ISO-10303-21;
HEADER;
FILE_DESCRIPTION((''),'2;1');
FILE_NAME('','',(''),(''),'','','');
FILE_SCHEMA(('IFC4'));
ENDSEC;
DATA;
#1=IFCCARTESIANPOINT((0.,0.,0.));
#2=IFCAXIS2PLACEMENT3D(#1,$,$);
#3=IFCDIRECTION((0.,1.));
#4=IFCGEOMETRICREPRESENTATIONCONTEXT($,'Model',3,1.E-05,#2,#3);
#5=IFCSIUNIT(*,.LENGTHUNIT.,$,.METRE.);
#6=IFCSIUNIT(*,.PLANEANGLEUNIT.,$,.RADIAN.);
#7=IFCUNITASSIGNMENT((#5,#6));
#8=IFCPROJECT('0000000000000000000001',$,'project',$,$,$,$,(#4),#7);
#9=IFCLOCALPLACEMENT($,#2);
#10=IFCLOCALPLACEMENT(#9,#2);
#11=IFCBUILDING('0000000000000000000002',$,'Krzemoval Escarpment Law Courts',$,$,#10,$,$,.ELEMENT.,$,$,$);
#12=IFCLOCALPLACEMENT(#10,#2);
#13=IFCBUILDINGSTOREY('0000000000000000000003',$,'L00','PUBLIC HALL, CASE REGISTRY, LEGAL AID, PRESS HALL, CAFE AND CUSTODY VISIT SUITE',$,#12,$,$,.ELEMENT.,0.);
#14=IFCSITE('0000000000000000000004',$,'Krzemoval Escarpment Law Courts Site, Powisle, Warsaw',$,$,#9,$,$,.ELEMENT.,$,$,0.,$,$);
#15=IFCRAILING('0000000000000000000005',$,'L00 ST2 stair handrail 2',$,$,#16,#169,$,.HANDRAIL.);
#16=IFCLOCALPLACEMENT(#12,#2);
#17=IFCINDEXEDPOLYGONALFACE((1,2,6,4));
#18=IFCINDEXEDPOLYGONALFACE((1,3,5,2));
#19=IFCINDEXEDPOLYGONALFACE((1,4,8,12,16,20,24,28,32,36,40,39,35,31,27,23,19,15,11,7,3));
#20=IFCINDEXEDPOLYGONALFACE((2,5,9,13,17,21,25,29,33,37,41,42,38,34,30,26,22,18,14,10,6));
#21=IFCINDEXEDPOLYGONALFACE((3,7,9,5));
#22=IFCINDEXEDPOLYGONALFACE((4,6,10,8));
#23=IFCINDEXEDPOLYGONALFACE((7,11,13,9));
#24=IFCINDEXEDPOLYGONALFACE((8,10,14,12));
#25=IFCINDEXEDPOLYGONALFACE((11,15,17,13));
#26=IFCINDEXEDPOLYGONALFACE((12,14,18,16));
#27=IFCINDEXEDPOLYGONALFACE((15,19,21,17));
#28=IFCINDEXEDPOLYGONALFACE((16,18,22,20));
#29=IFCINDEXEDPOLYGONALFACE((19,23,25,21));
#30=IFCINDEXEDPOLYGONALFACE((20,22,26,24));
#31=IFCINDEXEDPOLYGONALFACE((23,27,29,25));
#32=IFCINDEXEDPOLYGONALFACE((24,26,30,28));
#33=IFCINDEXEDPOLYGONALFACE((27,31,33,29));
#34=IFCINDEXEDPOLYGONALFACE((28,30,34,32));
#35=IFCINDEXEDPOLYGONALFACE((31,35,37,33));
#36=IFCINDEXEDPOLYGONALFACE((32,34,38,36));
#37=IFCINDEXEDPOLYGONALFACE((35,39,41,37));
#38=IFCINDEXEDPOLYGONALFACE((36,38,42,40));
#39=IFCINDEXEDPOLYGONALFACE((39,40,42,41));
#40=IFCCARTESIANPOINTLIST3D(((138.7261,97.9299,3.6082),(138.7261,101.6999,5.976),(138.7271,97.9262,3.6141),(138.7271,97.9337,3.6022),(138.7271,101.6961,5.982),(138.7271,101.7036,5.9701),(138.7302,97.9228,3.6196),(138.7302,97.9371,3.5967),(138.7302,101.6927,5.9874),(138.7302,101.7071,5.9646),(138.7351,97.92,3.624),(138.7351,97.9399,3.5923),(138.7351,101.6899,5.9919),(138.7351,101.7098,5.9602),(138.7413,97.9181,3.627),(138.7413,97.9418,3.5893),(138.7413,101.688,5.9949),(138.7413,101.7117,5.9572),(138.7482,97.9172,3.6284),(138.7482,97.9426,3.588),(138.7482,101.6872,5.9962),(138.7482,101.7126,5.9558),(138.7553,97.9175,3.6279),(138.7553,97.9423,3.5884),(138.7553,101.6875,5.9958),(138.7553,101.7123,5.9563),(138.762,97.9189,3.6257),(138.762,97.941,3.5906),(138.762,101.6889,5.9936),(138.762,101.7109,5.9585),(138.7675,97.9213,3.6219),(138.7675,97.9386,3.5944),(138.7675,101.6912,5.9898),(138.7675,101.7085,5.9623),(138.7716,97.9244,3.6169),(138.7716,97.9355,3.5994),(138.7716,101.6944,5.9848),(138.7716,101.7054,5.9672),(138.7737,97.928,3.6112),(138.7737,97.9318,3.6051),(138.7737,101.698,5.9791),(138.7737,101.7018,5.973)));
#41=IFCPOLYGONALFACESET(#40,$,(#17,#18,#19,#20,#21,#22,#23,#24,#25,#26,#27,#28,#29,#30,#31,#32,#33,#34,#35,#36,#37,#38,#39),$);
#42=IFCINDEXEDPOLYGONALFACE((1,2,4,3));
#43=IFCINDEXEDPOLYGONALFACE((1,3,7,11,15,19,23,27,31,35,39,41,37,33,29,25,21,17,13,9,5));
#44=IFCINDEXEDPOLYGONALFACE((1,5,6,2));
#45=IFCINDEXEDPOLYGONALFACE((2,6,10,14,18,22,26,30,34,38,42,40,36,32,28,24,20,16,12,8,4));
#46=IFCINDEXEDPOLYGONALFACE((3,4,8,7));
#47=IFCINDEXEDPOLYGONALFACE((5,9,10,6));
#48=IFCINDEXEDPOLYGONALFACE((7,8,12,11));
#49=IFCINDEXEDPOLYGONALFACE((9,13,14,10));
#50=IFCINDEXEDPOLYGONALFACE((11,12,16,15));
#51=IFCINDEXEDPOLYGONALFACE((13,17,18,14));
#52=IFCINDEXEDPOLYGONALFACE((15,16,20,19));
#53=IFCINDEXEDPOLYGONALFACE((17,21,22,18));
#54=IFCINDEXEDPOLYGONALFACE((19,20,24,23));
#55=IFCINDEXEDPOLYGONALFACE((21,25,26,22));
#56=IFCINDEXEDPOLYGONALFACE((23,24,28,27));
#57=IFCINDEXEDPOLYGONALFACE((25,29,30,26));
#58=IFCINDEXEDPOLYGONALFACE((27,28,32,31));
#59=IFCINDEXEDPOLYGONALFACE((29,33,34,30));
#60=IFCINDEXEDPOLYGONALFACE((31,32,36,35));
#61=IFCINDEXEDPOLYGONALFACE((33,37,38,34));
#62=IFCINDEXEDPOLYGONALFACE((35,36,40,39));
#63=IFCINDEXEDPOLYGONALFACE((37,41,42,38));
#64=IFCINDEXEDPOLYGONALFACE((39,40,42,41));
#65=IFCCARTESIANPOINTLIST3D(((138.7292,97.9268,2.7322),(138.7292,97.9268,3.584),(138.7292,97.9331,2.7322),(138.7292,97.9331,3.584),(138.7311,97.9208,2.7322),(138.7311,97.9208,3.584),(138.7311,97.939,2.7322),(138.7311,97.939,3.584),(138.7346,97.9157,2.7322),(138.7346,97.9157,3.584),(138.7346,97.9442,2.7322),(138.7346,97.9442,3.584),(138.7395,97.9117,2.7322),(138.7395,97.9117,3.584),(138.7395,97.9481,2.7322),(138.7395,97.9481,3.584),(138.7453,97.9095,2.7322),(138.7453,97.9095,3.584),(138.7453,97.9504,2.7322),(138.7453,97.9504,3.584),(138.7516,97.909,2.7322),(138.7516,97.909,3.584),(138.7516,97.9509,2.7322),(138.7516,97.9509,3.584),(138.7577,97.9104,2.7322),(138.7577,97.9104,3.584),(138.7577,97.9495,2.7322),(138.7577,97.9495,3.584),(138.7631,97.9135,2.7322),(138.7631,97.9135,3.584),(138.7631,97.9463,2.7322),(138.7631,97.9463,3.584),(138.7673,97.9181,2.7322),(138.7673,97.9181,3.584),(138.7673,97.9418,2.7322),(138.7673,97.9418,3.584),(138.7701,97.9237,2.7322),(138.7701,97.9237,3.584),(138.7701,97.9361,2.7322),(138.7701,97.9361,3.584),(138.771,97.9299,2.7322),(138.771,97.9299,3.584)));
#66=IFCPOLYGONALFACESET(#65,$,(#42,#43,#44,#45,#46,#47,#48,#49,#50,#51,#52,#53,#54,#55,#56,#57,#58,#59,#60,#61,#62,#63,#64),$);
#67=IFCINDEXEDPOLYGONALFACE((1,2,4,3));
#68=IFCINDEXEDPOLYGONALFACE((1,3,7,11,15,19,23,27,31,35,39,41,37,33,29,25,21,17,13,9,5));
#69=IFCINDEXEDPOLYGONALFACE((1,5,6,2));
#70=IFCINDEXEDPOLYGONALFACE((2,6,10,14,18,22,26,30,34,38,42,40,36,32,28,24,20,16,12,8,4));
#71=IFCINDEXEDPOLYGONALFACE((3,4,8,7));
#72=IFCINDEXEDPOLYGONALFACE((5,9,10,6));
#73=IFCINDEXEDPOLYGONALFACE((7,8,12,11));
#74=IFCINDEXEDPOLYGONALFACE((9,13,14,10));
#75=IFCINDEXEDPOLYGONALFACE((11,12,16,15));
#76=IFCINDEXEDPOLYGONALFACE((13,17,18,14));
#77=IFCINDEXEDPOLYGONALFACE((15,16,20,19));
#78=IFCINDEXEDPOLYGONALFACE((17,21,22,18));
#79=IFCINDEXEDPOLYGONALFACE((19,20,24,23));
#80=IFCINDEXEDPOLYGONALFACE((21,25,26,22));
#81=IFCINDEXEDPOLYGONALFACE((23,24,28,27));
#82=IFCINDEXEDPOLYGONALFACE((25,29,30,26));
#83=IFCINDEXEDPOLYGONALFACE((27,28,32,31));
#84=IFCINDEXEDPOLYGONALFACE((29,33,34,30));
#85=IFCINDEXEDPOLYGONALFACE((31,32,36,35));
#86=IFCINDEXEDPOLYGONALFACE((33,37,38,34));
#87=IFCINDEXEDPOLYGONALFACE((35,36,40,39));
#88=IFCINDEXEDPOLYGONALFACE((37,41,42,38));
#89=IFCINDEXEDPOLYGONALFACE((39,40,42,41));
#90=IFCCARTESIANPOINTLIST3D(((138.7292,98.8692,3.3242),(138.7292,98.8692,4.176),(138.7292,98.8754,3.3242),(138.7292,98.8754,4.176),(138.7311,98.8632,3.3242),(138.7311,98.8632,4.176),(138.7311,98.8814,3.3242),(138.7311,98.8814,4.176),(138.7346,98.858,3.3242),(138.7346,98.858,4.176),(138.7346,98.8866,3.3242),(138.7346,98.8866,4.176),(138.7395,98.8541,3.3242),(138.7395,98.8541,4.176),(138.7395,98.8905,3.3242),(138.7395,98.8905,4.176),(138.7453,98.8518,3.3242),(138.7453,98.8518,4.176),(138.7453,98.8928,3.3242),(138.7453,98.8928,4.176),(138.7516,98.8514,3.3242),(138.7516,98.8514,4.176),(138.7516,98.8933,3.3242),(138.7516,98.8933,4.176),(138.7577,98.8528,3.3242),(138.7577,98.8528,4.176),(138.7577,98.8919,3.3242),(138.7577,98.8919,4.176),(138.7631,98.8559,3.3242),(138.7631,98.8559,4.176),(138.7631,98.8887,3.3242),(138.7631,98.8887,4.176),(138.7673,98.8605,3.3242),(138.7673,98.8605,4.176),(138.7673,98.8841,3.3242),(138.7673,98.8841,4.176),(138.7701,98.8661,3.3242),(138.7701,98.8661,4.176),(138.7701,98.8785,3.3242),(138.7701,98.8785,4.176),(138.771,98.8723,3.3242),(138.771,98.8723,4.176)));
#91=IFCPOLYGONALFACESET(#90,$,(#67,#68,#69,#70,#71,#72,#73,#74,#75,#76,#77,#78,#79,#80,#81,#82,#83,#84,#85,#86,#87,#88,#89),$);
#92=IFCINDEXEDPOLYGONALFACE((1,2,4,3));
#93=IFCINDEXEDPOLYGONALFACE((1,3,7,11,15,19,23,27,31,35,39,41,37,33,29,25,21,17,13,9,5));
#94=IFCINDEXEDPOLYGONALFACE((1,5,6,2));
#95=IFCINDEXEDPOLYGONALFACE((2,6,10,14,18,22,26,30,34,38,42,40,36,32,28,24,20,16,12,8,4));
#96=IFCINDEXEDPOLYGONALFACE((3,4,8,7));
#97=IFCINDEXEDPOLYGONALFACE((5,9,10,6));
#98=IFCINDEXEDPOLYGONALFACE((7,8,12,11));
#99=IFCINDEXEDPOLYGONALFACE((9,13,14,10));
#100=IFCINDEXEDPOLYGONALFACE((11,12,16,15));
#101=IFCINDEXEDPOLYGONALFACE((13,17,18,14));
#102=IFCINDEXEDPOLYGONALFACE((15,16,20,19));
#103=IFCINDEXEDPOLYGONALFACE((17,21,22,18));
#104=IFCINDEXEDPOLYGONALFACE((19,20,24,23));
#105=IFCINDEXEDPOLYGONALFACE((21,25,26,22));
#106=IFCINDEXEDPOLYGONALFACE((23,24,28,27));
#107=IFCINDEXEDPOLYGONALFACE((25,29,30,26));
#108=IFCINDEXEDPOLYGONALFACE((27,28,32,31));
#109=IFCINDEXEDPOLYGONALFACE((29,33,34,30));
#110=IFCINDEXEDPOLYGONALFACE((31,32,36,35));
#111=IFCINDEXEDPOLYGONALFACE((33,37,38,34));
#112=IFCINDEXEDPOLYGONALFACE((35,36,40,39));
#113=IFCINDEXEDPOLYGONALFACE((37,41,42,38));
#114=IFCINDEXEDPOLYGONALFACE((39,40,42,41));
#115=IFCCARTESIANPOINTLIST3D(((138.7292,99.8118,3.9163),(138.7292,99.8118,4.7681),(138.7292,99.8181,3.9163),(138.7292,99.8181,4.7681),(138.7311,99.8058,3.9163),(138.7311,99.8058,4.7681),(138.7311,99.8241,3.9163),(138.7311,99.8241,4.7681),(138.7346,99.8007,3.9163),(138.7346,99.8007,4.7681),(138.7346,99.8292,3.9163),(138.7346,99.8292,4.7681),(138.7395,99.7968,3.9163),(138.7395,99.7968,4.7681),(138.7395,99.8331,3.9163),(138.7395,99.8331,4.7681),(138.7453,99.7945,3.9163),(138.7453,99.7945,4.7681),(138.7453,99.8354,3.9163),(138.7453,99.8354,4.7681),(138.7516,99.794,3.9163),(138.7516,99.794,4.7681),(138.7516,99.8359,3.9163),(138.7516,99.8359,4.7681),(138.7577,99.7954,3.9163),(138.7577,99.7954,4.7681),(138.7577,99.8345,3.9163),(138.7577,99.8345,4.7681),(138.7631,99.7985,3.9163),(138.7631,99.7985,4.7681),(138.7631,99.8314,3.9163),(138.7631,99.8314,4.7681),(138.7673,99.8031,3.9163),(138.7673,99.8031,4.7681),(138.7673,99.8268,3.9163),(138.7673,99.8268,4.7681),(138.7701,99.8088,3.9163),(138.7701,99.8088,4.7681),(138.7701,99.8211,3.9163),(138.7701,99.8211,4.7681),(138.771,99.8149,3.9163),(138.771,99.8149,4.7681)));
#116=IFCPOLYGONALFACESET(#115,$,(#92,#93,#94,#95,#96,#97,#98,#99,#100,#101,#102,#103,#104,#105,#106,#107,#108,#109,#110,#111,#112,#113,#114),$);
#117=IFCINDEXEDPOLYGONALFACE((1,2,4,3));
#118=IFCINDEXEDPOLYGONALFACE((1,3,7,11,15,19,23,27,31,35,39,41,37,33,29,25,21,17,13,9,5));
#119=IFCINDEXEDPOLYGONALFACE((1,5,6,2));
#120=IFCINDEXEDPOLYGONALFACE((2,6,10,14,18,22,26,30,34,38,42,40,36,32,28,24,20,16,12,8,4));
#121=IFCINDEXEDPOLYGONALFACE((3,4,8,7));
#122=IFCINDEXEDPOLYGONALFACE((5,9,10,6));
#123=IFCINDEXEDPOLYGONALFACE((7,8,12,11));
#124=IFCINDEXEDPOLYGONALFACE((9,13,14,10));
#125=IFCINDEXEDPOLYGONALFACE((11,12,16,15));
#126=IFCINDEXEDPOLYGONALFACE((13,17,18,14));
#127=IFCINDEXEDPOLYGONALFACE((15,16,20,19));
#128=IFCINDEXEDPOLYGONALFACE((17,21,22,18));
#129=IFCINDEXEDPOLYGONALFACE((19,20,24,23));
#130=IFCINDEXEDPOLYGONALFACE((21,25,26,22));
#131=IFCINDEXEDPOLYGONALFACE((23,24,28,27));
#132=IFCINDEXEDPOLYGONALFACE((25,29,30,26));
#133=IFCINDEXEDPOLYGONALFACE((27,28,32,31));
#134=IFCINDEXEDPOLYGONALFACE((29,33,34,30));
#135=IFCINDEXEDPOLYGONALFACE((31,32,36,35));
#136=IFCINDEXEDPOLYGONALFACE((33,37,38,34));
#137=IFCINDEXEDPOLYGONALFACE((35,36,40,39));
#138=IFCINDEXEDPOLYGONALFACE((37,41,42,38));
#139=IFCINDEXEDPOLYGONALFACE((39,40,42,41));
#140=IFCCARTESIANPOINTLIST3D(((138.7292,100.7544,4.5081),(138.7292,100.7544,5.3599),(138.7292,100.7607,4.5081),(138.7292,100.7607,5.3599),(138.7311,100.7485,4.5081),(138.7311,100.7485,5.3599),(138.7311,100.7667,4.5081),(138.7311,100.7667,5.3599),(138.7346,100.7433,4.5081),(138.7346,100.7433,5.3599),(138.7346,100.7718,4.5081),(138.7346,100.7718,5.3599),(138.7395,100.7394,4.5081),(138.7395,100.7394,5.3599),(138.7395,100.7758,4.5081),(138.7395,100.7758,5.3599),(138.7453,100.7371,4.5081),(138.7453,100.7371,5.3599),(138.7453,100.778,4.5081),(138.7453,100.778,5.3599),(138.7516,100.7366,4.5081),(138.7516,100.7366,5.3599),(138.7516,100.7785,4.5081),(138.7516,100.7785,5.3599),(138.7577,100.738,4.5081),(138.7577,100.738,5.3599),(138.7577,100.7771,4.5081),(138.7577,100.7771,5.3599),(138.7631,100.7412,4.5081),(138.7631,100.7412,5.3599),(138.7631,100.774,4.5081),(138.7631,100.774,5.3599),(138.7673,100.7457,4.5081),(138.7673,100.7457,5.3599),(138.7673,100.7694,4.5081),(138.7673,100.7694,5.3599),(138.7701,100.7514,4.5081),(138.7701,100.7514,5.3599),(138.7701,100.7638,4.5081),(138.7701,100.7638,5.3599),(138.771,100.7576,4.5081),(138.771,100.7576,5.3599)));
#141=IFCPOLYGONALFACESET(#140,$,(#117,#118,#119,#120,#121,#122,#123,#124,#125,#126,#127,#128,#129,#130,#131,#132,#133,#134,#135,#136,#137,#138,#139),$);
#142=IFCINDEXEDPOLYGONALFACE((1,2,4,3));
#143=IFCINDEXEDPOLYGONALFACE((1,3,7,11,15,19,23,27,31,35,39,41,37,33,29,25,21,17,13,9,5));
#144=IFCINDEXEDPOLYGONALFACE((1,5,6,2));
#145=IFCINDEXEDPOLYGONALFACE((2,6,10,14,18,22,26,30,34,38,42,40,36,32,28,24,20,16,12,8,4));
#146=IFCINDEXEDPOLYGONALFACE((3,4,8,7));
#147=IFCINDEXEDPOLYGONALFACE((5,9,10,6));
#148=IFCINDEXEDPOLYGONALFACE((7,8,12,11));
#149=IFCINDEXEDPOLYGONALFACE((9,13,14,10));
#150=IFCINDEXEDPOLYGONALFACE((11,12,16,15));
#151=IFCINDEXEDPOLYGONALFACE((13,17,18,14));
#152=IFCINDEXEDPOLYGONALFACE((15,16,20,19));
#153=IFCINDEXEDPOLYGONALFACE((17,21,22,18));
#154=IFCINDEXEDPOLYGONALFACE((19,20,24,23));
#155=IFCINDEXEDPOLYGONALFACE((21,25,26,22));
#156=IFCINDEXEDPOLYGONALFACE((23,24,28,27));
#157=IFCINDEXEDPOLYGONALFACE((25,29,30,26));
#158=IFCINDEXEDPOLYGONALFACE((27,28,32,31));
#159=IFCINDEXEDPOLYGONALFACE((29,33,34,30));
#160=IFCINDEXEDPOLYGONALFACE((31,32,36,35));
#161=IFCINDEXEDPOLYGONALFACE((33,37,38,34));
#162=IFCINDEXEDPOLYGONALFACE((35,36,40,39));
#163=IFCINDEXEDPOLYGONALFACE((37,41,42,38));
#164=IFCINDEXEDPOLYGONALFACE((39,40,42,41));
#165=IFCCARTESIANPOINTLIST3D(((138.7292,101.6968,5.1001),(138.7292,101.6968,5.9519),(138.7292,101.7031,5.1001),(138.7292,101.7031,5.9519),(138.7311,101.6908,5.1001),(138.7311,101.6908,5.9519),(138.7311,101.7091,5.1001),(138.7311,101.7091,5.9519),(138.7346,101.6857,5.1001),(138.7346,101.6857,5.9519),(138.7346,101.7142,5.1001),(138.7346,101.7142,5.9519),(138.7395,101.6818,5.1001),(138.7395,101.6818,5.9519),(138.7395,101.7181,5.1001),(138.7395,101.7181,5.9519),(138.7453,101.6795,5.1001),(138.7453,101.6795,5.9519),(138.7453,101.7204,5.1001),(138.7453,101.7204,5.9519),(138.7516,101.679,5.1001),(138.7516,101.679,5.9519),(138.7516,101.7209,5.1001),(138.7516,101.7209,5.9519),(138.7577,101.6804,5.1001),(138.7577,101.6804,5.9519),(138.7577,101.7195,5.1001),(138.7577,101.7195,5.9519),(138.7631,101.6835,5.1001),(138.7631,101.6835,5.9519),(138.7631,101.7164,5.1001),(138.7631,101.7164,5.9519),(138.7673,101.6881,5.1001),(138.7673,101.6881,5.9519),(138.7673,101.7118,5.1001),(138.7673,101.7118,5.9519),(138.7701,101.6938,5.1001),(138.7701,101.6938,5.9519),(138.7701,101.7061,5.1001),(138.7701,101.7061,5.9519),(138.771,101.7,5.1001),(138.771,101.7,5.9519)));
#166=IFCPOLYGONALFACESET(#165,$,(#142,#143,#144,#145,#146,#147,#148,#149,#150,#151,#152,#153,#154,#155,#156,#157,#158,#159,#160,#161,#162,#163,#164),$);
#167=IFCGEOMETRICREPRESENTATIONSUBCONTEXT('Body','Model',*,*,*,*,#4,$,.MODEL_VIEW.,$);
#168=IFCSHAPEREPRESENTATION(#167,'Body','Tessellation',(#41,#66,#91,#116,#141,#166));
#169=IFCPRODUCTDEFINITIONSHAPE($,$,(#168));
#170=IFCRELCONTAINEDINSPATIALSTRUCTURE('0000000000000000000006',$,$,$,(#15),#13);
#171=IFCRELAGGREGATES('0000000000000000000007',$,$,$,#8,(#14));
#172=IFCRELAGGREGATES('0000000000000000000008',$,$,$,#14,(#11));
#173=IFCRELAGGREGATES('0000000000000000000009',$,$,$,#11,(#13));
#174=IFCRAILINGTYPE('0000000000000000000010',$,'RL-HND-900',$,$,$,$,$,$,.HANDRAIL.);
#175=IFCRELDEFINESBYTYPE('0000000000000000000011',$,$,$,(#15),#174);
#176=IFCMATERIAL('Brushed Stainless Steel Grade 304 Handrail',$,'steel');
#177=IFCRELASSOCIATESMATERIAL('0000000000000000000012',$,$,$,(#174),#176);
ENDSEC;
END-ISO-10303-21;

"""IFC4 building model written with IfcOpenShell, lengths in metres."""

from ifc_helpers import new_model, si_unit, direction, frame, origin, origin_2d, place, context, subcontext, project, spatial, circle, extrude, material, type_object, element, save


model = new_model("IFC4")

# Units and contexts
model_context = context("Model", 3, precision=1e-05, world=origin(), true_north=direction((0.0, 1.0)))
body_context = subcontext(model_context, "Body", "Model", "MODEL_VIEW")
ifc_project = project(units=[si_unit("LENGTHUNIT", "METRE"), si_unit("PLANEANGLEUNIT", "RADIAN")], contexts=[model_context])

# Site, building, storey
site_placement = place(None, origin())
site = spatial("IfcSite", under=ifc_project, at=site_placement, Name="Krzemoval Escarpment Law Courts Site, Powisle, Warsaw", CompositionType="ELEMENT", RefElevation=0.0)
building_placement = place(site_placement, origin())
building = spatial("IfcBuilding", under=site, at=building_placement, Name="Krzemoval Escarpment Law Courts", CompositionType="ELEMENT")
storey_placement = place(building_placement, origin())
storey = spatial("IfcBuildingStorey", under=building, at=storey_placement, Name="L00", Description="PUBLIC HALL, CASE REGISTRY, LEGAL AID, PRESS HALL, CAFE AND CUSTODY VISIT SUITE", CompositionType="ELEMENT", Elevation=0.0)

# Railing
ifc_material_1 = material(Name="Brushed Stainless Steel Grade 304 Handrail", Category="steel")
railing_type_1 = type_object("IfcRailingType", Name="RL-HND-900", PredefinedType="HANDRAIL", material=ifc_material_1)
for number, where, name in (
    (1, (138.75, 97.9299, 2.7322), "L00 ST2 stair handrail 2"),
):
    element("IfcRailing", number, at=place(storey_placement, frame(where)), inside=storey, type_object=railing_type_1, Name=name, PredefinedType="HANDRAIL", context=body_context, shape_type="SweptSolid", body=[
        extrude(circle(Radius=0.0239, at=origin_2d()), frame((0.0, 0.0, 0.876), z_axis=(0.0, 0.846819, 0.531881), x_axis=(-1.0, 0.0, 0.0)), (0.0, 0.0, 1.0), 4.4519),
        extrude(circle(Radius=0.021, at=origin_2d()), origin(), (0.0, 0.0, 1.0), 0.8518),
        extrude(circle(Radius=0.021, at=origin_2d()), frame((0.0, 0.9424, 0.592)), (0.0, 0.0, 1.0), 0.8518),
        extrude(circle(Radius=0.021, at=origin_2d()), frame((0.0, 1.885, 1.1841)), (0.0, 0.0, 1.0), 0.8518),
        extrude(circle(Radius=0.021, at=origin_2d()), frame((0.0, 2.8276, 1.7759)), (0.0, 0.0, 1.0), 0.8518),
        extrude(circle(Radius=0.021, at=origin_2d()), frame((0.0, 3.77, 2.3679)), (0.0, 0.0, 1.0), 0.8518),
    ])

save(model, "model.ifc")
